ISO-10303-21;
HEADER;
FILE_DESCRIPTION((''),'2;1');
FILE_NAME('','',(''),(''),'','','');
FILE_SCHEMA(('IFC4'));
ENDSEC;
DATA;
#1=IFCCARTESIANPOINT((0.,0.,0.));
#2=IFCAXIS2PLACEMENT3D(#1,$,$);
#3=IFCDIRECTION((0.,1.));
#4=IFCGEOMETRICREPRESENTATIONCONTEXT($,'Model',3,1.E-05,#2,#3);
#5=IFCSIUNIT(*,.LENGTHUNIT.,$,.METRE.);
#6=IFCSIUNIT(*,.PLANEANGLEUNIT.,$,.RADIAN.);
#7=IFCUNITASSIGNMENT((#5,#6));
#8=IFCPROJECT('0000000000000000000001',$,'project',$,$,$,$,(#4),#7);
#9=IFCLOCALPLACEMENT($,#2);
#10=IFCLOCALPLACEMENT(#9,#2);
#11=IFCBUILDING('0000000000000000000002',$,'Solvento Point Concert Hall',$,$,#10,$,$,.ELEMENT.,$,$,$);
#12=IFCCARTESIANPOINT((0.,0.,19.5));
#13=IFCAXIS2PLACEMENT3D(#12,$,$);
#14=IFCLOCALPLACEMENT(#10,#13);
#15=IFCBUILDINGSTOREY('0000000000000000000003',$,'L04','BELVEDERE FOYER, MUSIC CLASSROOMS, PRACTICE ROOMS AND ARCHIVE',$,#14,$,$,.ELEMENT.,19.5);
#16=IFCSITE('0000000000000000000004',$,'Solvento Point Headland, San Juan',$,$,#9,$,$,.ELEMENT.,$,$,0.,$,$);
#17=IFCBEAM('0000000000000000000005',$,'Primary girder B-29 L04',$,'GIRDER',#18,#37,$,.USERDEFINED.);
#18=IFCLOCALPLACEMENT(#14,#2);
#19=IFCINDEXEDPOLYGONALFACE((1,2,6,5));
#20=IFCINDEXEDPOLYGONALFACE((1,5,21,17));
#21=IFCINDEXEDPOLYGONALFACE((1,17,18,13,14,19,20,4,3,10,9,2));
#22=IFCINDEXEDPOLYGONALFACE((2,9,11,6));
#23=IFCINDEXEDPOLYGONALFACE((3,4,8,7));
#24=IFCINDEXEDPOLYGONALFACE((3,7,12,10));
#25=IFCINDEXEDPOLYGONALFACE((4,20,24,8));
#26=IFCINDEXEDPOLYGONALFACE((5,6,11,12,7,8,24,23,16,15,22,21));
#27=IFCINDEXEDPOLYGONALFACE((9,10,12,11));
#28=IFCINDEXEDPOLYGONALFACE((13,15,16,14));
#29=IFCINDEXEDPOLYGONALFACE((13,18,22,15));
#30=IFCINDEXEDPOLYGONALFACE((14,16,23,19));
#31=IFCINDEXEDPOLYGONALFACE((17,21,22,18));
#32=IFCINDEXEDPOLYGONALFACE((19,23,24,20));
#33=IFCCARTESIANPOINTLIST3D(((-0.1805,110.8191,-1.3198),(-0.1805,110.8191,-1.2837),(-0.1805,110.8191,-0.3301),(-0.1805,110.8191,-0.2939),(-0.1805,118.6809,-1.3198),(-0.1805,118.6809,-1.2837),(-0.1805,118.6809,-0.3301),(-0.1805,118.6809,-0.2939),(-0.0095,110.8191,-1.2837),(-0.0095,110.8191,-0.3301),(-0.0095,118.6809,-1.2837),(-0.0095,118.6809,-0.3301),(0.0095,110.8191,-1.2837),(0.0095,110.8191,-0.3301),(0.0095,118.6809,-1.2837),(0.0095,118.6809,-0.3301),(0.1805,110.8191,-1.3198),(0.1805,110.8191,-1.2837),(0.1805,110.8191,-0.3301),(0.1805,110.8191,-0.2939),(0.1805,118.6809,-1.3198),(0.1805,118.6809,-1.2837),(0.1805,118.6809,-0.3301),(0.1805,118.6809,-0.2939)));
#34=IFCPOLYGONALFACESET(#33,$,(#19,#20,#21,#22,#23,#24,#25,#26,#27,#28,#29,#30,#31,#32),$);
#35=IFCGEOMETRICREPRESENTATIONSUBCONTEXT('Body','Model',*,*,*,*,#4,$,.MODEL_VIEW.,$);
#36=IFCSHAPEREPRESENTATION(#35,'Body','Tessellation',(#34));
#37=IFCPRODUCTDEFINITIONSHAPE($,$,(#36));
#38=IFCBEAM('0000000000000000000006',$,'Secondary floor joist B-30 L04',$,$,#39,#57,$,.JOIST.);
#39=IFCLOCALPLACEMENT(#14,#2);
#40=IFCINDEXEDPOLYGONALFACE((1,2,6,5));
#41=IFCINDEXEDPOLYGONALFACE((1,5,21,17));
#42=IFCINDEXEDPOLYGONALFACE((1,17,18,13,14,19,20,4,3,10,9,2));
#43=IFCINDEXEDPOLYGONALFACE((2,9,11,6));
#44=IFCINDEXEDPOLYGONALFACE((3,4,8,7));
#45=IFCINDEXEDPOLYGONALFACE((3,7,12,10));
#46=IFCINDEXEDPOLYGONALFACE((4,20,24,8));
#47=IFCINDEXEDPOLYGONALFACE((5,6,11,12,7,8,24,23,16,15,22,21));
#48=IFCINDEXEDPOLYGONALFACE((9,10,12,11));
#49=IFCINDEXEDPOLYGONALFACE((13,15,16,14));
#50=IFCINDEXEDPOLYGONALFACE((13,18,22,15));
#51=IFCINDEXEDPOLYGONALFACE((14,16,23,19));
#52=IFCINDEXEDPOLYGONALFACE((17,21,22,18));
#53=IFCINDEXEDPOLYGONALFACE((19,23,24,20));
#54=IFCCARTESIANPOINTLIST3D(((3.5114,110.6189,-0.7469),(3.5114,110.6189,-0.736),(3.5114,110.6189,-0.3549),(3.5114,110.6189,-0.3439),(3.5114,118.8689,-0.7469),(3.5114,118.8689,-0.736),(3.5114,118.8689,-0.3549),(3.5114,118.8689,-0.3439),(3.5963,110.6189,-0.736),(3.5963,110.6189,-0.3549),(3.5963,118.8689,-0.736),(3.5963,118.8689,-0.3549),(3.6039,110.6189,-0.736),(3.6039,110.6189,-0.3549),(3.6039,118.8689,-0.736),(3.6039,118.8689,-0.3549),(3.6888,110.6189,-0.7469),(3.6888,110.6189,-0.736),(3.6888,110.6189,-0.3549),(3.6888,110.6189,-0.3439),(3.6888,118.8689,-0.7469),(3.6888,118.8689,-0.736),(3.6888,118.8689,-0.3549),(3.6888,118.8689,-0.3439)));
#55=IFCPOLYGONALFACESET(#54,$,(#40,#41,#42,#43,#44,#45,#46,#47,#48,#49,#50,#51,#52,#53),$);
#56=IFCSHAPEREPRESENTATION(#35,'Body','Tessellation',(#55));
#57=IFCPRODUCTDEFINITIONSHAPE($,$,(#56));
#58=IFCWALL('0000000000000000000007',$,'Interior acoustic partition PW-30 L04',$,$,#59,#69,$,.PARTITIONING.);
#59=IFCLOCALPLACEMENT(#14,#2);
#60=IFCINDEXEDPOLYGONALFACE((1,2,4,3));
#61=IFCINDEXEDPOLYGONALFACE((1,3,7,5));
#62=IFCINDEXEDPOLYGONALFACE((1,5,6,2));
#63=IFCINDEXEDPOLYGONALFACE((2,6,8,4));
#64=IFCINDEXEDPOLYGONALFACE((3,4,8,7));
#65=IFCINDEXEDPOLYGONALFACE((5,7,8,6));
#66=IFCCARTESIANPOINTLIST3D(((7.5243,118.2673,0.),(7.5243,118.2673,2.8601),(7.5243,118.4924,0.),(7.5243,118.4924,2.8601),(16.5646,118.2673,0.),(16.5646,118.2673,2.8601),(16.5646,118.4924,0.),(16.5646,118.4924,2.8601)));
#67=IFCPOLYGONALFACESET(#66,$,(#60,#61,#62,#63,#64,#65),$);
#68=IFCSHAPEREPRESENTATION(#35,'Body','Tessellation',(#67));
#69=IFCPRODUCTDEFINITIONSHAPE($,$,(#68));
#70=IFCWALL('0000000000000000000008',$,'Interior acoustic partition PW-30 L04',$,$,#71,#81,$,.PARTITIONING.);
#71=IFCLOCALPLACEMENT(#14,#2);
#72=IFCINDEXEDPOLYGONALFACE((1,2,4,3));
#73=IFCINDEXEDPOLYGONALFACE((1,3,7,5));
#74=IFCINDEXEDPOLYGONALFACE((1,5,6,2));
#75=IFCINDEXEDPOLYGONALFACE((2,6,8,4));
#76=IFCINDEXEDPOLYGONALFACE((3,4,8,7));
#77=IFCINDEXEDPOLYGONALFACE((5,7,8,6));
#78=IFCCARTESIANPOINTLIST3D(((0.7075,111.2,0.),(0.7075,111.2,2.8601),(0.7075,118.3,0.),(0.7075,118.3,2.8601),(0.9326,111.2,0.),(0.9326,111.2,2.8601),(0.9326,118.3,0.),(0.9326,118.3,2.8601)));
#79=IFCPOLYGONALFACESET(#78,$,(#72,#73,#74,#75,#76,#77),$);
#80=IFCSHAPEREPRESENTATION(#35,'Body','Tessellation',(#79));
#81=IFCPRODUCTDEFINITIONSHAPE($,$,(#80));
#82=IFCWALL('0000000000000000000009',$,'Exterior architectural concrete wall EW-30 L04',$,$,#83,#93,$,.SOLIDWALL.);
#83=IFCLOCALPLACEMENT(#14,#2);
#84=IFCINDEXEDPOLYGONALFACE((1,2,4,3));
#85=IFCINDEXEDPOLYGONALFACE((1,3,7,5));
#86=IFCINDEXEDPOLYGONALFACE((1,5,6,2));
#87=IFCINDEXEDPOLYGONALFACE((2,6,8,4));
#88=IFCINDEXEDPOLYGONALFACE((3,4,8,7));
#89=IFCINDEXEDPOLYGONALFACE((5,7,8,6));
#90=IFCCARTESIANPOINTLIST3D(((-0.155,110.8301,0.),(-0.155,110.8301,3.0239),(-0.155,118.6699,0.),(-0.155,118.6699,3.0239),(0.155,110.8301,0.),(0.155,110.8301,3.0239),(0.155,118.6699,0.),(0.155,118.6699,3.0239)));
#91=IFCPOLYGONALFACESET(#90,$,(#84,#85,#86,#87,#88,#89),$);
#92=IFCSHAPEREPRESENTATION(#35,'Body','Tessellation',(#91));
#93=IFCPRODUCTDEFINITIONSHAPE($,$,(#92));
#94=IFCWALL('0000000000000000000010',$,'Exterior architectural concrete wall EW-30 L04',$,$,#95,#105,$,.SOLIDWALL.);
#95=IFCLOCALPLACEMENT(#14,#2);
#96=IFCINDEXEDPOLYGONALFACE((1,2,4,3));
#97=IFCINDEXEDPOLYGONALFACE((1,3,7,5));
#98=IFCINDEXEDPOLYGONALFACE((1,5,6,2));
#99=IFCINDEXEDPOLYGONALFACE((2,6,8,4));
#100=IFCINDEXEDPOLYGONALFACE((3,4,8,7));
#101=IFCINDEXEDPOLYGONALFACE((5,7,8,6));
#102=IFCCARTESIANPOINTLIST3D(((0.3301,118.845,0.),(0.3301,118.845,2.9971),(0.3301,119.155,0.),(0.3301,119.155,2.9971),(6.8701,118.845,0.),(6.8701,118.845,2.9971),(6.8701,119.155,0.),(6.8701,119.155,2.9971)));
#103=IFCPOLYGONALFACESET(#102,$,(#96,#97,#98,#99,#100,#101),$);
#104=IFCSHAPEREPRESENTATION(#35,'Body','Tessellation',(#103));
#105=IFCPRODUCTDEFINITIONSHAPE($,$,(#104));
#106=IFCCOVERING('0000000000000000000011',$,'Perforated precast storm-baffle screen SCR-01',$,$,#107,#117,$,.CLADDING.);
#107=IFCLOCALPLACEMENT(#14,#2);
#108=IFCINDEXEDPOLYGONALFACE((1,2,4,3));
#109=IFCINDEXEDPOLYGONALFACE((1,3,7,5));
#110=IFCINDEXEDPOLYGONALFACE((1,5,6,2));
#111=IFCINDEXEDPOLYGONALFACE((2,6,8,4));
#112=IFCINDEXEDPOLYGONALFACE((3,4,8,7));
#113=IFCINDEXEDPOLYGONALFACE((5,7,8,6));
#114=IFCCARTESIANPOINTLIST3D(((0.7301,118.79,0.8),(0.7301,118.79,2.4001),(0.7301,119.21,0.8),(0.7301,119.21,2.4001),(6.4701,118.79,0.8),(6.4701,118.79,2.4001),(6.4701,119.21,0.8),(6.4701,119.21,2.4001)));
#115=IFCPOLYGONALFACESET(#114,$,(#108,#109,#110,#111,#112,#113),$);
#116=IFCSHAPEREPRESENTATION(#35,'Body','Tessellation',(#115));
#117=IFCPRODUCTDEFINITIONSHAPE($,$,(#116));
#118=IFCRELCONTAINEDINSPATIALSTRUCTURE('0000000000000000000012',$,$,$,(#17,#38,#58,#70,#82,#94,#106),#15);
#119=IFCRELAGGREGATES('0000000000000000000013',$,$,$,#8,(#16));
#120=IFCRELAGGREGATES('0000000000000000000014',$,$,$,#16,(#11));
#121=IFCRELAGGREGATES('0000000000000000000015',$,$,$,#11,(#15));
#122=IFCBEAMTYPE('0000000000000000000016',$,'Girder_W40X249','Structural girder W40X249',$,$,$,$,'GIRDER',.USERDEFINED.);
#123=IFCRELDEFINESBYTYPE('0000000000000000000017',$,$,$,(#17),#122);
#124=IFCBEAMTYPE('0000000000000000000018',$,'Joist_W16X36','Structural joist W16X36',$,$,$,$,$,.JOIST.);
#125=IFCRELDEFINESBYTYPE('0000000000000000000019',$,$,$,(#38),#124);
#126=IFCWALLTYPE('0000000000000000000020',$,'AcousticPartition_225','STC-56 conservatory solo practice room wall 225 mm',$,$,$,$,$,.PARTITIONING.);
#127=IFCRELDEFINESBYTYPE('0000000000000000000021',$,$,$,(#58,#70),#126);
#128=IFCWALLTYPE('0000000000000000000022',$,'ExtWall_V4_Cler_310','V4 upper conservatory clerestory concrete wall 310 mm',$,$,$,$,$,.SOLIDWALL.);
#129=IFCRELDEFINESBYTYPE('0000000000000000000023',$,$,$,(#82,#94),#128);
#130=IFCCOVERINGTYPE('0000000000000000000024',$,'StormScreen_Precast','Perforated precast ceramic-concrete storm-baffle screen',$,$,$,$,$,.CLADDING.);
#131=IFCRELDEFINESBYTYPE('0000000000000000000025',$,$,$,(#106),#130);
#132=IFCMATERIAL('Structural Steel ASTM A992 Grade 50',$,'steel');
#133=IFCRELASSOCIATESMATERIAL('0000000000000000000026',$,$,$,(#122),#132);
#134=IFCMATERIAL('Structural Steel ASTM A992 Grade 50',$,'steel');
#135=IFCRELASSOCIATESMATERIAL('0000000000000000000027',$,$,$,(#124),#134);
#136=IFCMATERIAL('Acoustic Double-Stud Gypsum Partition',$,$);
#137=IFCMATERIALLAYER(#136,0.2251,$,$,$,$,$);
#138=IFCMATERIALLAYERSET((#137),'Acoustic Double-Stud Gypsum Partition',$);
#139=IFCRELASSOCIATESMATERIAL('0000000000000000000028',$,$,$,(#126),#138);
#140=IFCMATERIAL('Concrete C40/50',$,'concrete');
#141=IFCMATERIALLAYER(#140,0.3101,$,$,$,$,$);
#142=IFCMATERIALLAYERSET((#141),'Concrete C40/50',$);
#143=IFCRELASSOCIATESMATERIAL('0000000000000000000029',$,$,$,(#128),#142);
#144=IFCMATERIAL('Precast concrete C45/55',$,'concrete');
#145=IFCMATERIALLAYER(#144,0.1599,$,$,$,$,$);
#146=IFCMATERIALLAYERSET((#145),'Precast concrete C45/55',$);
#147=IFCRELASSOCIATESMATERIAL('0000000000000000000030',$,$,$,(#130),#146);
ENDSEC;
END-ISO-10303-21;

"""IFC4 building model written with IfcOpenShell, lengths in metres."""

from ifc_helpers import new_model, si_unit, direction, frame, frame_2d, origin, origin_2d, place, context, subcontext, project, spatial, rectangle, i_section, extrude, material, layer, layer_set, material_profile, profile_set, type_object, element, save


model = new_model("IFC4")

# Units and contexts
model_context = context("Model", 3, precision=1e-05, world=origin(), true_north=direction((0.0, 1.0)))
body_context = subcontext(model_context, "Body", "Model", "MODEL_VIEW")
ifc_project = project(units=[si_unit("LENGTHUNIT", "METRE"), si_unit("PLANEANGLEUNIT", "RADIAN")], contexts=[model_context])

# Site, building, storey
site_placement = place(None, origin())
site = spatial("IfcSite", under=ifc_project, at=site_placement, Name="Solvento Point Headland, San Juan", CompositionType="ELEMENT", RefElevation=0.0)
building_placement = place(site_placement, origin())
building = spatial("IfcBuilding", under=site, at=building_placement, Name="Solvento Point Concert Hall", CompositionType="ELEMENT")
storey_placement = place(building_placement, frame((0.0, 0.0, 19.5)))
storey = spatial("IfcBuildingStorey", under=building, at=storey_placement, Name="L04", Description="BELVEDERE FOYER, MUSIC CLASSROOMS, PRACTICE ROOMS AND ARCHIVE", CompositionType="ELEMENT", Elevation=19.5)

# Beams
ifc_material_1 = material(Name="Structural Steel ASTM A992 Grade 50", Category="steel")
ifc_material_profile_1 = material_profile(ifc_material_1, i_section(OverallWidth=0.3611, OverallDepth=1.0259, WebThickness=0.019, FlangeThickness=0.0361, at=origin_2d()), Name="W40X249")
ifc_profile_set_1 = profile_set([ifc_material_profile_1], Name="Structural Steel ASTM A992 Grade 50")
beam_type_1 = type_object("IfcBeamType", Name="Girder_W40X249", Description="Structural girder W40X249", ElementType="GIRDER", PredefinedType="USERDEFINED", material=ifc_profile_set_1)
beam_1_placement = place(storey_placement, frame((0.0, 110.8191, -0.8069), z_axis=(0.0, 1.0, 0.0), x_axis=(-1.0, 0.0, 0.0)))
element("IfcBeam", 1, at=beam_1_placement, inside=storey, type_object=beam_type_1, Name="Primary girder B-29 L04", ObjectType="GIRDER", PredefinedType="USERDEFINED", context=body_context, shape_type="SweptSolid", body=[
    extrude(i_section(OverallWidth=0.3611, OverallDepth=1.0259, WebThickness=0.019, FlangeThickness=0.0361, at=origin_2d()), origin(), (0.0, 0.0, 1.0), 7.8618),
])
ifc_material_2 = material(Name="Structural Steel ASTM A992 Grade 50", Category="steel")
ifc_material_profile_2 = material_profile(ifc_material_2, i_section(OverallWidth=0.1775, OverallDepth=0.4031, WebThickness=0.0076, FlangeThickness=0.011, at=origin_2d()), Name="W16X36")
ifc_profile_set_2 = profile_set([ifc_material_profile_2], Name="Structural Steel ASTM A992 Grade 50")
beam_type_2 = type_object("IfcBeamType", Name="Joist_W16X36", Description="Structural joist W16X36", PredefinedType="JOIST", material=ifc_profile_set_2)
beam_2_placement = place(storey_placement, frame((3.6001, 110.6189, -0.5454), z_axis=(0.0, 1.0, 0.0), x_axis=(-1.0, 0.0, 0.0)))
element("IfcBeam", 2, at=beam_2_placement, inside=storey, type_object=beam_type_2, Name="Secondary floor joist B-30 L04", PredefinedType="JOIST", context=body_context, shape_type="SweptSolid", body=[
    extrude(i_section(OverallWidth=0.1775, OverallDepth=0.4031, WebThickness=0.0076, FlangeThickness=0.011, at=origin_2d()), origin(), (0.0, 0.0, 1.0), 8.25),
])

# Walls
ifc_material_3 = material(Name="Acoustic Double-Stud Gypsum Partition")
ifc_layer_1 = layer(ifc_material_3, 0.2251)
ifc_layer_set_1 = layer_set([ifc_layer_1], Name="Acoustic Double-Stud Gypsum Partition")
wall_type_1 = type_object("IfcWallType", Name="AcousticPartition_225", Description="STC-56 conservatory solo practice room wall 225 mm", PredefinedType="PARTITIONING", material=ifc_layer_set_1)
wall_1_placement = place(storey_placement, frame((7.5244, 118.3799, 0.0), z_axis=(0.0, 0.0, 1.0), x_axis=(1.0, 0.0, 0.0)))
element("IfcWall", 3, at=wall_1_placement, inside=storey, type_object=wall_type_1, Name="Interior acoustic partition PW-30 L04", PredefinedType="PARTITIONING", context=body_context, shape_type="SweptSolid", body=[
    extrude(rectangle(XDim=9.0403, YDim=0.2251, at=frame_2d((4.52, 0.0))), origin(), (0.0, 0.0, 1.0), 2.8601),
])
wall_2_placement = place(storey_placement, frame((0.8201, 111.2, 0.0), z_axis=(0.0, 0.0, 1.0), x_axis=(0.0, 1.0, 0.0)))
element("IfcWall", 4, at=wall_2_placement, inside=storey, type_object=wall_type_1, Name="Interior acoustic partition PW-30 L04", PredefinedType="PARTITIONING", context=body_context, shape_type="SweptSolid", body=[
    extrude(rectangle(XDim=7.1001, YDim=0.2251, at=frame_2d((3.55, 0.0))), origin(), (0.0, 0.0, 1.0), 2.8601),
])
ifc_material_4 = material(Name="Concrete C40/50", Category="concrete")
ifc_layer_2 = layer(ifc_material_4, 0.3101)
ifc_layer_set_2 = layer_set([ifc_layer_2], Name="Concrete C40/50")
wall_type_2 = type_object("IfcWallType", Name="ExtWall_V4_Cler_310", Description="V4 upper conservatory clerestory concrete wall 310 mm", PredefinedType="SOLIDWALL", material=ifc_layer_set_2)
wall_3_placement = place(storey_placement, frame((0.0, 110.8301, 0.0), z_axis=(0.0, 0.0, 1.0), x_axis=(0.0, 1.0, 0.0)))
element("IfcWall", 5, at=wall_3_placement, inside=storey, type_object=wall_type_2, Name="Exterior architectural concrete wall EW-30 L04", PredefinedType="SOLIDWALL", context=body_context, shape_type="SweptSolid", body=[
    extrude(rectangle(XDim=7.8398, YDim=0.3101, at=frame_2d((3.9199, 0.0))), origin(), (0.0, 0.0, 1.0), 3.0239),
])
wall_4_placement = place(storey_placement, frame((0.3301, 119.0, 0.0), z_axis=(0.0, 0.0, 1.0), x_axis=(1.0, 0.0, 0.0)))
element("IfcWall", 6, at=wall_4_placement, inside=storey, type_object=wall_type_2, Name="Exterior architectural concrete wall EW-30 L04", PredefinedType="SOLIDWALL", context=body_context, shape_type="SweptSolid", body=[
    extrude(rectangle(XDim=6.54, YDim=0.3101, at=frame_2d((3.27, 0.0))), origin(), (0.0, 0.0, 1.0), 2.9971),
])

# Covering
ifc_material_5 = material(Name="Precast concrete C45/55", Category="concrete")
ifc_layer_3 = layer(ifc_material_5, 0.1599)
ifc_layer_set_3 = layer_set([ifc_layer_3], Name="Precast concrete C45/55")
covering_type = type_object("IfcCoveringType", Name="StormScreen_Precast", Description="Perforated precast ceramic-concrete storm-baffle screen", PredefinedType="CLADDING", material=ifc_layer_set_3)
covering_placement = place(storey_placement, frame((3.6001, 119.0, 0.8), z_axis=(0.0, 0.0, 1.0), x_axis=(1.0, 0.0, 0.0)))
element("IfcCovering", 7, at=covering_placement, inside=storey, type_object=covering_type, Name="Perforated precast storm-baffle screen SCR-01", PredefinedType="CLADDING", context=body_context, shape_type="SweptSolid", body=[
    extrude(rectangle(XDim=5.74, YDim=0.4199, at=origin_2d()), origin(), (0.0, 0.0, 1.0), 1.6001),
])

save(model, "model.ifc")
